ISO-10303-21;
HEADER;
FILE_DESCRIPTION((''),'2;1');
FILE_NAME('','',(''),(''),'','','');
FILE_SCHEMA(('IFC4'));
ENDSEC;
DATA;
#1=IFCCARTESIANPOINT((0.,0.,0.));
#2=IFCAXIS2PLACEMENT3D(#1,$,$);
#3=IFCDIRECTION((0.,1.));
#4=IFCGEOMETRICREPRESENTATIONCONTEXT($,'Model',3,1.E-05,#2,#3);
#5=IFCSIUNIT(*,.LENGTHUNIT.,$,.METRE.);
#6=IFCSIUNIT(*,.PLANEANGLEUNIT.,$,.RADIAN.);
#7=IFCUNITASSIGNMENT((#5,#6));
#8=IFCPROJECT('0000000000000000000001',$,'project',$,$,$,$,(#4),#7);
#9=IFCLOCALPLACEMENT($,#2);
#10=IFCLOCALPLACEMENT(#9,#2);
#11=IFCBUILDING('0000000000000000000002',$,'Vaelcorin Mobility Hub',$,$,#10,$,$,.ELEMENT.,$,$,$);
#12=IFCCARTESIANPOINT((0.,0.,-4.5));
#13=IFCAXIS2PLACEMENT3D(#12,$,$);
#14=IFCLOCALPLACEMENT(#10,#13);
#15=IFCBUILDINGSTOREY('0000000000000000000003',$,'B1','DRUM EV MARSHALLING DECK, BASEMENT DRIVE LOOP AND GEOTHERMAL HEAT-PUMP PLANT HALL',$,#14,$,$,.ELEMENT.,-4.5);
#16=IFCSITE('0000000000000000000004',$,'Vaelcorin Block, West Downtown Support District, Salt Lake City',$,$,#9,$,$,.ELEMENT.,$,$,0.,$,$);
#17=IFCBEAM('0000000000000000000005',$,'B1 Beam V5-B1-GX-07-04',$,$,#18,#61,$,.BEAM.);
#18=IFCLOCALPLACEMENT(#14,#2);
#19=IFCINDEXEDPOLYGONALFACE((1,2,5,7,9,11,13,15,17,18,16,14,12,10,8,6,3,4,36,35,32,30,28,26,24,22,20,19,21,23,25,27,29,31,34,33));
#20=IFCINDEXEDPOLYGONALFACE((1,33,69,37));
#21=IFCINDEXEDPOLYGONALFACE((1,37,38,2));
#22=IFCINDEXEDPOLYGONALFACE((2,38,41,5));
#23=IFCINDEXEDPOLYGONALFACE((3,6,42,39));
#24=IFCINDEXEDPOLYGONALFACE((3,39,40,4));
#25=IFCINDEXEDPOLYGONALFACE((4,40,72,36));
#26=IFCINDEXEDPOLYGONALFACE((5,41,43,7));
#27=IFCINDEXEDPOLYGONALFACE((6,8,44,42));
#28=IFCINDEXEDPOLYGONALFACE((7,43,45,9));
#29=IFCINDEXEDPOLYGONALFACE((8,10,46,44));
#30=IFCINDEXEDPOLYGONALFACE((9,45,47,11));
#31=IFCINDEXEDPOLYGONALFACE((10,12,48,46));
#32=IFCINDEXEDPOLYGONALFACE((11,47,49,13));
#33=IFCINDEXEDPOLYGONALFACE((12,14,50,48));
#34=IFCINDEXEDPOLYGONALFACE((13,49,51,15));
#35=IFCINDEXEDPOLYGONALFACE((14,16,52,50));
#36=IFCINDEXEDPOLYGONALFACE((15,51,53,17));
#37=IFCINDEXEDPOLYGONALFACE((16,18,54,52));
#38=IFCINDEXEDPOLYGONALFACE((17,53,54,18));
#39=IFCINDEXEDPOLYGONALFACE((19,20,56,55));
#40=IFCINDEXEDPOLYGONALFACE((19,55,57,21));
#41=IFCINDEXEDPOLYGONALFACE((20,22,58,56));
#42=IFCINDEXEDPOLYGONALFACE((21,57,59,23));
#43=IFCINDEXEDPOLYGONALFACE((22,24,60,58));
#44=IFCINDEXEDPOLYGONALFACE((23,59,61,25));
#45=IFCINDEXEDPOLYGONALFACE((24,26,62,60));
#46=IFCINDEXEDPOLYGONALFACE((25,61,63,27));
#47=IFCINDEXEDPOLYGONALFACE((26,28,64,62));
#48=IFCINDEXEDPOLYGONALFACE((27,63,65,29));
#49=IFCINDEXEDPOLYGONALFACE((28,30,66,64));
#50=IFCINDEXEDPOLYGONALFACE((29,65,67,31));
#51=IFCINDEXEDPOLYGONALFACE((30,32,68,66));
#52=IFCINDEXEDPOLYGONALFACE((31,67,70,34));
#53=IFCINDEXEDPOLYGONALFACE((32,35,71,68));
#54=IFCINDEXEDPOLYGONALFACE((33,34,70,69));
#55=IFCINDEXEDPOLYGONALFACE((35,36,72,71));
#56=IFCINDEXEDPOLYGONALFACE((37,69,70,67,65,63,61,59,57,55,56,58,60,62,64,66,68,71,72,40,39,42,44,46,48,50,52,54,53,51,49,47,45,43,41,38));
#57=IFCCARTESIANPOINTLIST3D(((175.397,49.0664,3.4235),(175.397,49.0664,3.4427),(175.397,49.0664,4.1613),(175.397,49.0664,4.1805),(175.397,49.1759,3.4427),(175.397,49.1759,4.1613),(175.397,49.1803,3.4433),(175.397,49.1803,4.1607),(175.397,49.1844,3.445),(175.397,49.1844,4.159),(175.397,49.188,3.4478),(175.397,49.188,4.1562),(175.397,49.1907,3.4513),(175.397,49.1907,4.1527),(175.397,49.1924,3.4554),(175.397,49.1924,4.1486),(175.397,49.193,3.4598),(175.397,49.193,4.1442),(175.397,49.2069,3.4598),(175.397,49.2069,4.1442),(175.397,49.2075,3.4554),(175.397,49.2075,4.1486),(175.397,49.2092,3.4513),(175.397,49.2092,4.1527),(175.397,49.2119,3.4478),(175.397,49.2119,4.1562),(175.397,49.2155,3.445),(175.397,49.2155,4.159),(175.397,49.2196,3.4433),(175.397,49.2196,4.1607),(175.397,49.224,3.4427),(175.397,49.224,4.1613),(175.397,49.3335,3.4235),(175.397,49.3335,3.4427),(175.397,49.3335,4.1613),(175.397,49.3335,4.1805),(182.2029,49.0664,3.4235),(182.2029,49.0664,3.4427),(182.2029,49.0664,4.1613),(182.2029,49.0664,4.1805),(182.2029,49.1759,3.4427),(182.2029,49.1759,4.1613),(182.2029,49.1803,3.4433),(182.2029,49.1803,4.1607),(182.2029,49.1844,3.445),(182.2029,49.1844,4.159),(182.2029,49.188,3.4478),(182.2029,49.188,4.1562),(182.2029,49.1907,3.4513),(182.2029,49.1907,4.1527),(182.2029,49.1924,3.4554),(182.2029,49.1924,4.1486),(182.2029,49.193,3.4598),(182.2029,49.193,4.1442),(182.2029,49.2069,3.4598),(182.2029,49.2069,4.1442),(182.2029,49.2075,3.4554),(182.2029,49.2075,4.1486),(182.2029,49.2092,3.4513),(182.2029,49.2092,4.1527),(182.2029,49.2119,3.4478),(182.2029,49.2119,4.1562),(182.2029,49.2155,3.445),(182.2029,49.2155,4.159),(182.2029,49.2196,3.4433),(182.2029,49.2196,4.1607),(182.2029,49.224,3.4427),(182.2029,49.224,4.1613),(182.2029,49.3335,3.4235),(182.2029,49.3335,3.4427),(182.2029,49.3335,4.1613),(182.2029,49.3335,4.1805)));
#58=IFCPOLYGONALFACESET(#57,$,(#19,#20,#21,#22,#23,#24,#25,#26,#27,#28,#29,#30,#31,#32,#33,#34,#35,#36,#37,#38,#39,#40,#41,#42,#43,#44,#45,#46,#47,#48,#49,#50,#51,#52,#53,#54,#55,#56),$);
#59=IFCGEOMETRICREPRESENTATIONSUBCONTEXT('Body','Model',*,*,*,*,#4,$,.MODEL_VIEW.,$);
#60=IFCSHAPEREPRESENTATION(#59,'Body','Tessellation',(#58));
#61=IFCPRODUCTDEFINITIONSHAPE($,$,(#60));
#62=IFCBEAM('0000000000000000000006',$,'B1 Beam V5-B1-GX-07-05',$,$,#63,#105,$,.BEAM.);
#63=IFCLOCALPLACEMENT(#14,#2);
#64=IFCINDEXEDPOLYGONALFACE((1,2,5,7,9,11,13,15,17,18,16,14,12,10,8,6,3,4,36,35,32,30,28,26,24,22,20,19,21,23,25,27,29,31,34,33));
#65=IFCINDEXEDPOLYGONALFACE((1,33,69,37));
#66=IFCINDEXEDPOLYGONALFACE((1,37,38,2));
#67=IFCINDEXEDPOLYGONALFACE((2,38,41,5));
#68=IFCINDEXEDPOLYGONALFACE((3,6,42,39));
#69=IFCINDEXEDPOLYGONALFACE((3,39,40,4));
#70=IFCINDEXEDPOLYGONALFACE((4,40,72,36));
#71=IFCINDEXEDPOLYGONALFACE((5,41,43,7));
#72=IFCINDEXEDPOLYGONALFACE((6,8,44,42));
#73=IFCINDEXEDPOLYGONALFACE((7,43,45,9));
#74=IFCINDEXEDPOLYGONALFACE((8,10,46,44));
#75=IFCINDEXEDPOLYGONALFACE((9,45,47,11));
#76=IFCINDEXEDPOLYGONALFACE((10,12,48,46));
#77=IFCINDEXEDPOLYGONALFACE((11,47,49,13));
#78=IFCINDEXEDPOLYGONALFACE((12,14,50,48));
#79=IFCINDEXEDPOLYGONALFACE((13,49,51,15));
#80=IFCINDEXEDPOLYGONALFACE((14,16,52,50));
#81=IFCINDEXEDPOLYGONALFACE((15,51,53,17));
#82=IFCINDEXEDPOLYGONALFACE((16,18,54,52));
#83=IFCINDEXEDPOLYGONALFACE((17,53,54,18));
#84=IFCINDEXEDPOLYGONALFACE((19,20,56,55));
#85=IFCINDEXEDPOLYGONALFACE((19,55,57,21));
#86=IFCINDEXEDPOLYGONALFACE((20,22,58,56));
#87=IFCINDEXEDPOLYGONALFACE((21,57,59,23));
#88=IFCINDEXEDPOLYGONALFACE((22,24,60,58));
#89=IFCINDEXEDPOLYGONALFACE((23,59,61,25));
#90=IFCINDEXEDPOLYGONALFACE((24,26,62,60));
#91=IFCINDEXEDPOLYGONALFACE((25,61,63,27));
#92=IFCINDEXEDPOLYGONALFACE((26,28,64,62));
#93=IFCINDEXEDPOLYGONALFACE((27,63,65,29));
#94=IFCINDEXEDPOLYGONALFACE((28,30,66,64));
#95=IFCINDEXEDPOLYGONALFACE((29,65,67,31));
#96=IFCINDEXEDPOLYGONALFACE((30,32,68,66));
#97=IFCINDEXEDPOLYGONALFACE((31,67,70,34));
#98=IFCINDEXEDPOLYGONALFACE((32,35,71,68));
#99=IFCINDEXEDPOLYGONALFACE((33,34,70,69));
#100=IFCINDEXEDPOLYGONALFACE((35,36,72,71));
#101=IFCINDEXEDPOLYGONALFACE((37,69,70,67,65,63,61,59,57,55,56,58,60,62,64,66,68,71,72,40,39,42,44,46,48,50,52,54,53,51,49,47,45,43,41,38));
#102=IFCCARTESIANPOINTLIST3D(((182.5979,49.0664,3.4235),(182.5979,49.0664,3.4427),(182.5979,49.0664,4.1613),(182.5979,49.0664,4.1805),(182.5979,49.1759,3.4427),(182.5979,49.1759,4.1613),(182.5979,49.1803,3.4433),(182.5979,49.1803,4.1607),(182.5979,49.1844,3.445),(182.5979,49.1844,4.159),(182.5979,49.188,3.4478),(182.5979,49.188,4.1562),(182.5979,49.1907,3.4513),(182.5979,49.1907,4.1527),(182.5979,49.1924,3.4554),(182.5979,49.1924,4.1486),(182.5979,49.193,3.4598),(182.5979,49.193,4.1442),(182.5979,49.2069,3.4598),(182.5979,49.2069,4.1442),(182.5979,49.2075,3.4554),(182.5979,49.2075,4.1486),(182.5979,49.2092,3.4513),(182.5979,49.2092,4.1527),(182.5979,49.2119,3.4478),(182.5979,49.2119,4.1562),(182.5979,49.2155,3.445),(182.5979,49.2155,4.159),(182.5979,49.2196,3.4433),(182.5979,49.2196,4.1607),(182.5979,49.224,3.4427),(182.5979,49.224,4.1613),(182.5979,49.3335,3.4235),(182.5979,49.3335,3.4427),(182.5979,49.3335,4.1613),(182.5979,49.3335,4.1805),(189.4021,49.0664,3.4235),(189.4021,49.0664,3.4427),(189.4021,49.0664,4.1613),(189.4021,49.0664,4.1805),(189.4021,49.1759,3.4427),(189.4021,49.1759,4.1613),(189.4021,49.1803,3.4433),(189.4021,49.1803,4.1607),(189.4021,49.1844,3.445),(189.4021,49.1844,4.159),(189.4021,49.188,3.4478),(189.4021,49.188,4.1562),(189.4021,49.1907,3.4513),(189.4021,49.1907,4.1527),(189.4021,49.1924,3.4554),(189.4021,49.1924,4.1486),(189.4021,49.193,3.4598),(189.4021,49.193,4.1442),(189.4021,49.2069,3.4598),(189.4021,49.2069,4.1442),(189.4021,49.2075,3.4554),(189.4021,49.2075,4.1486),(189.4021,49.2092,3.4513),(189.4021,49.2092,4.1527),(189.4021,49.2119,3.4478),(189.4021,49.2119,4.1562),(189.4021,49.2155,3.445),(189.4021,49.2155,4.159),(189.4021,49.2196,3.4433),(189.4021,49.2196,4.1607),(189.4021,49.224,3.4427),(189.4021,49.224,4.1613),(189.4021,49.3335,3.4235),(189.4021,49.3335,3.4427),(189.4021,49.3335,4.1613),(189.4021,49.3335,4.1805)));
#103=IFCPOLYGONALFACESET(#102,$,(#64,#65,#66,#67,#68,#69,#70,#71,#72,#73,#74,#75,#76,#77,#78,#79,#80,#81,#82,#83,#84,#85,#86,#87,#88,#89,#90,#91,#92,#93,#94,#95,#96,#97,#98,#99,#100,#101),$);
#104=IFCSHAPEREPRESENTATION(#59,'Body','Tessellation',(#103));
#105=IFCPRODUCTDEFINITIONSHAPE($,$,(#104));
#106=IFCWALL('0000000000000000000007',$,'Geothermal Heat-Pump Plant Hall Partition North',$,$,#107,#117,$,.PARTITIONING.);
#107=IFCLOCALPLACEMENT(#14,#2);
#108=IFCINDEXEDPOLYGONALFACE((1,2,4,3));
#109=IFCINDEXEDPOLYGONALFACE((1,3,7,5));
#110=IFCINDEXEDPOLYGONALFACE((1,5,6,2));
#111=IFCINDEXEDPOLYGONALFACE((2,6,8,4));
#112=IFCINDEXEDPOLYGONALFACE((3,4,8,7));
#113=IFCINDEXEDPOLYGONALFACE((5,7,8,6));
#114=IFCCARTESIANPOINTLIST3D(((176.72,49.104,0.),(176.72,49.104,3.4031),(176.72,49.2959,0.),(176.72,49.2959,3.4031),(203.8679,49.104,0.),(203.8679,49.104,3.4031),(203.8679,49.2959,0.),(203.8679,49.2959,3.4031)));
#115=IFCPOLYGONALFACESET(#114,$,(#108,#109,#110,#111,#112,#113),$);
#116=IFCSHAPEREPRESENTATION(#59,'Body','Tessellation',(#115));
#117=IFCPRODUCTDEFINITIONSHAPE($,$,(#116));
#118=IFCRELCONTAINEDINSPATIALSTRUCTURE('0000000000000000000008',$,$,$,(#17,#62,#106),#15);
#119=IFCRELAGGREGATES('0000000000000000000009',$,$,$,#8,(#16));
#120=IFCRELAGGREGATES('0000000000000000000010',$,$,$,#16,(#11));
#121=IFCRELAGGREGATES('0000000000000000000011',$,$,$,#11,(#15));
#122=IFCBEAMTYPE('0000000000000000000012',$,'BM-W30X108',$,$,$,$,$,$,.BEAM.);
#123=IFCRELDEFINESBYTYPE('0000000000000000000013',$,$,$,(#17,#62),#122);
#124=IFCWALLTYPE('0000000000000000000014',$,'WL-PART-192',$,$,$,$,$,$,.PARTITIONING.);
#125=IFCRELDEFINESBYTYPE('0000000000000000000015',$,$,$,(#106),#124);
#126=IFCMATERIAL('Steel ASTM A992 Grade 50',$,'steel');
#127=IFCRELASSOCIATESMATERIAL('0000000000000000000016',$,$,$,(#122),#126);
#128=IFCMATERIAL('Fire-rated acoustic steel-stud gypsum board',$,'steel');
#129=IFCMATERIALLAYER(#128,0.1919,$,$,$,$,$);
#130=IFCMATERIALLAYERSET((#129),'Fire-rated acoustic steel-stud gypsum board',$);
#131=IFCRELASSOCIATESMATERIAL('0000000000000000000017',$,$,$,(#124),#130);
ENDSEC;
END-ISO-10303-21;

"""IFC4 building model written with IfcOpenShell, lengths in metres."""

from ifc_helpers import new_model, si_unit, direction, frame, frame_2d, origin, origin_2d, place, context, subcontext, project, spatial, rectangle, i_section, extrude, material, layer, layer_set, material_profile, profile_set, type_object, element, save


model = new_model("IFC4")

# Units and contexts
model_context = context("Model", 3, precision=1e-05, world=origin(), true_north=direction((0.0, 1.0)))
body_context = subcontext(model_context, "Body", "Model", "MODEL_VIEW")
ifc_project = project(units=[si_unit("LENGTHUNIT", "METRE"), si_unit("PLANEANGLEUNIT", "RADIAN")], contexts=[model_context])

# Site, building, storey
site_placement = place(None, origin())
site = spatial("IfcSite", under=ifc_project, at=site_placement, Name="Vaelcorin Block, West Downtown Support District, Salt Lake City", CompositionType="ELEMENT", RefElevation=0.0)
building_placement = place(site_placement, origin())
building = spatial("IfcBuilding", under=site, at=building_placement, Name="Vaelcorin Mobility Hub", CompositionType="ELEMENT")
storey_placement = place(building_placement, frame((0.0, 0.0, -4.5)))
storey = spatial("IfcBuildingStorey", under=building, at=storey_placement, Name="B1", Description="DRUM EV MARSHALLING DECK, BASEMENT DRIVE LOOP AND GEOTHERMAL HEAT-PUMP PLANT HALL", CompositionType="ELEMENT", Elevation=-4.5)

# Shared definitions
ifc_material_1 = material(Name="Steel ASTM A992 Grade 50", Category="steel")

# Beams
ifc_material_profile_1 = material_profile(ifc_material_1, i_section(OverallWidth=0.2671, OverallDepth=0.7571, WebThickness=0.0139, FlangeThickness=0.0193, FilletRadius=0.0171, at=origin_2d()), Name="W30X108")
ifc_profile_set_1 = profile_set([ifc_material_profile_1], Name="Steel ASTM A992 Grade 50")
beam_type_1 = type_object("IfcBeamType", Name="BM-W30X108", PredefinedType="BEAM", material=ifc_profile_set_1)
beam_1_placement = place(storey_placement, frame((175.397, 49.2, 3.802), z_axis=(1.0, 0.0, 0.0), x_axis=(0.0, 1.0, 0.0)))
element("IfcBeam", 1, at=beam_1_placement, inside=storey, type_object=beam_type_1, Name="B1 Beam V5-B1-GX-07-04", PredefinedType="BEAM", context=body_context, shape_type="SweptSolid", body=[
    extrude(i_section(OverallWidth=0.2671, OverallDepth=0.7571, WebThickness=0.0139, FlangeThickness=0.0193, FilletRadius=0.0171, at=origin_2d()), origin(), (0.0, 0.0, 1.0), 6.8059),
])
beam_2_placement = place(storey_placement, frame((182.5979, 49.2, 3.802), z_axis=(1.0, 0.0, 0.0), x_axis=(0.0, 1.0, 0.0)))
element("IfcBeam", 2, at=beam_2_placement, inside=storey, type_object=beam_type_1, Name="B1 Beam V5-B1-GX-07-05", PredefinedType="BEAM", context=body_context, shape_type="SweptSolid", body=[
    extrude(i_section(OverallWidth=0.2671, OverallDepth=0.7571, WebThickness=0.0139, FlangeThickness=0.0193, FilletRadius=0.0171, at=origin_2d()), origin(), (0.0, 0.0, 1.0), 6.8042),
])

# Wall
ifc_material_2 = material(Name="Fire-rated acoustic steel-stud gypsum board", Category="steel")
ifc_layer = layer(ifc_material_2, 0.1919)
ifc_layer_set = layer_set([ifc_layer], Name="Fire-rated acoustic steel-stud gypsum board")
wall_type = type_object("IfcWallType", Name="WL-PART-192", PredefinedType="PARTITIONING", material=ifc_layer_set)
wall_placement = place(storey_placement, frame((176.72, 49.2, 0.0), z_axis=(0.0, 0.0, 1.0), x_axis=(1.0, 0.0, 0.0)))
element("IfcWall", 3, at=wall_placement, inside=storey, type_object=wall_type, Name="Geothermal Heat-Pump Plant Hall Partition North", PredefinedType="PARTITIONING", context=body_context, shape_type="SweptSolid", body=[
    extrude(rectangle(XDim=27.1479, YDim=0.1919, at=frame_2d((13.574, 0.0))), origin(), (0.0, 0.0, 1.0), 3.4031),
])

save(model, "model.ifc")
